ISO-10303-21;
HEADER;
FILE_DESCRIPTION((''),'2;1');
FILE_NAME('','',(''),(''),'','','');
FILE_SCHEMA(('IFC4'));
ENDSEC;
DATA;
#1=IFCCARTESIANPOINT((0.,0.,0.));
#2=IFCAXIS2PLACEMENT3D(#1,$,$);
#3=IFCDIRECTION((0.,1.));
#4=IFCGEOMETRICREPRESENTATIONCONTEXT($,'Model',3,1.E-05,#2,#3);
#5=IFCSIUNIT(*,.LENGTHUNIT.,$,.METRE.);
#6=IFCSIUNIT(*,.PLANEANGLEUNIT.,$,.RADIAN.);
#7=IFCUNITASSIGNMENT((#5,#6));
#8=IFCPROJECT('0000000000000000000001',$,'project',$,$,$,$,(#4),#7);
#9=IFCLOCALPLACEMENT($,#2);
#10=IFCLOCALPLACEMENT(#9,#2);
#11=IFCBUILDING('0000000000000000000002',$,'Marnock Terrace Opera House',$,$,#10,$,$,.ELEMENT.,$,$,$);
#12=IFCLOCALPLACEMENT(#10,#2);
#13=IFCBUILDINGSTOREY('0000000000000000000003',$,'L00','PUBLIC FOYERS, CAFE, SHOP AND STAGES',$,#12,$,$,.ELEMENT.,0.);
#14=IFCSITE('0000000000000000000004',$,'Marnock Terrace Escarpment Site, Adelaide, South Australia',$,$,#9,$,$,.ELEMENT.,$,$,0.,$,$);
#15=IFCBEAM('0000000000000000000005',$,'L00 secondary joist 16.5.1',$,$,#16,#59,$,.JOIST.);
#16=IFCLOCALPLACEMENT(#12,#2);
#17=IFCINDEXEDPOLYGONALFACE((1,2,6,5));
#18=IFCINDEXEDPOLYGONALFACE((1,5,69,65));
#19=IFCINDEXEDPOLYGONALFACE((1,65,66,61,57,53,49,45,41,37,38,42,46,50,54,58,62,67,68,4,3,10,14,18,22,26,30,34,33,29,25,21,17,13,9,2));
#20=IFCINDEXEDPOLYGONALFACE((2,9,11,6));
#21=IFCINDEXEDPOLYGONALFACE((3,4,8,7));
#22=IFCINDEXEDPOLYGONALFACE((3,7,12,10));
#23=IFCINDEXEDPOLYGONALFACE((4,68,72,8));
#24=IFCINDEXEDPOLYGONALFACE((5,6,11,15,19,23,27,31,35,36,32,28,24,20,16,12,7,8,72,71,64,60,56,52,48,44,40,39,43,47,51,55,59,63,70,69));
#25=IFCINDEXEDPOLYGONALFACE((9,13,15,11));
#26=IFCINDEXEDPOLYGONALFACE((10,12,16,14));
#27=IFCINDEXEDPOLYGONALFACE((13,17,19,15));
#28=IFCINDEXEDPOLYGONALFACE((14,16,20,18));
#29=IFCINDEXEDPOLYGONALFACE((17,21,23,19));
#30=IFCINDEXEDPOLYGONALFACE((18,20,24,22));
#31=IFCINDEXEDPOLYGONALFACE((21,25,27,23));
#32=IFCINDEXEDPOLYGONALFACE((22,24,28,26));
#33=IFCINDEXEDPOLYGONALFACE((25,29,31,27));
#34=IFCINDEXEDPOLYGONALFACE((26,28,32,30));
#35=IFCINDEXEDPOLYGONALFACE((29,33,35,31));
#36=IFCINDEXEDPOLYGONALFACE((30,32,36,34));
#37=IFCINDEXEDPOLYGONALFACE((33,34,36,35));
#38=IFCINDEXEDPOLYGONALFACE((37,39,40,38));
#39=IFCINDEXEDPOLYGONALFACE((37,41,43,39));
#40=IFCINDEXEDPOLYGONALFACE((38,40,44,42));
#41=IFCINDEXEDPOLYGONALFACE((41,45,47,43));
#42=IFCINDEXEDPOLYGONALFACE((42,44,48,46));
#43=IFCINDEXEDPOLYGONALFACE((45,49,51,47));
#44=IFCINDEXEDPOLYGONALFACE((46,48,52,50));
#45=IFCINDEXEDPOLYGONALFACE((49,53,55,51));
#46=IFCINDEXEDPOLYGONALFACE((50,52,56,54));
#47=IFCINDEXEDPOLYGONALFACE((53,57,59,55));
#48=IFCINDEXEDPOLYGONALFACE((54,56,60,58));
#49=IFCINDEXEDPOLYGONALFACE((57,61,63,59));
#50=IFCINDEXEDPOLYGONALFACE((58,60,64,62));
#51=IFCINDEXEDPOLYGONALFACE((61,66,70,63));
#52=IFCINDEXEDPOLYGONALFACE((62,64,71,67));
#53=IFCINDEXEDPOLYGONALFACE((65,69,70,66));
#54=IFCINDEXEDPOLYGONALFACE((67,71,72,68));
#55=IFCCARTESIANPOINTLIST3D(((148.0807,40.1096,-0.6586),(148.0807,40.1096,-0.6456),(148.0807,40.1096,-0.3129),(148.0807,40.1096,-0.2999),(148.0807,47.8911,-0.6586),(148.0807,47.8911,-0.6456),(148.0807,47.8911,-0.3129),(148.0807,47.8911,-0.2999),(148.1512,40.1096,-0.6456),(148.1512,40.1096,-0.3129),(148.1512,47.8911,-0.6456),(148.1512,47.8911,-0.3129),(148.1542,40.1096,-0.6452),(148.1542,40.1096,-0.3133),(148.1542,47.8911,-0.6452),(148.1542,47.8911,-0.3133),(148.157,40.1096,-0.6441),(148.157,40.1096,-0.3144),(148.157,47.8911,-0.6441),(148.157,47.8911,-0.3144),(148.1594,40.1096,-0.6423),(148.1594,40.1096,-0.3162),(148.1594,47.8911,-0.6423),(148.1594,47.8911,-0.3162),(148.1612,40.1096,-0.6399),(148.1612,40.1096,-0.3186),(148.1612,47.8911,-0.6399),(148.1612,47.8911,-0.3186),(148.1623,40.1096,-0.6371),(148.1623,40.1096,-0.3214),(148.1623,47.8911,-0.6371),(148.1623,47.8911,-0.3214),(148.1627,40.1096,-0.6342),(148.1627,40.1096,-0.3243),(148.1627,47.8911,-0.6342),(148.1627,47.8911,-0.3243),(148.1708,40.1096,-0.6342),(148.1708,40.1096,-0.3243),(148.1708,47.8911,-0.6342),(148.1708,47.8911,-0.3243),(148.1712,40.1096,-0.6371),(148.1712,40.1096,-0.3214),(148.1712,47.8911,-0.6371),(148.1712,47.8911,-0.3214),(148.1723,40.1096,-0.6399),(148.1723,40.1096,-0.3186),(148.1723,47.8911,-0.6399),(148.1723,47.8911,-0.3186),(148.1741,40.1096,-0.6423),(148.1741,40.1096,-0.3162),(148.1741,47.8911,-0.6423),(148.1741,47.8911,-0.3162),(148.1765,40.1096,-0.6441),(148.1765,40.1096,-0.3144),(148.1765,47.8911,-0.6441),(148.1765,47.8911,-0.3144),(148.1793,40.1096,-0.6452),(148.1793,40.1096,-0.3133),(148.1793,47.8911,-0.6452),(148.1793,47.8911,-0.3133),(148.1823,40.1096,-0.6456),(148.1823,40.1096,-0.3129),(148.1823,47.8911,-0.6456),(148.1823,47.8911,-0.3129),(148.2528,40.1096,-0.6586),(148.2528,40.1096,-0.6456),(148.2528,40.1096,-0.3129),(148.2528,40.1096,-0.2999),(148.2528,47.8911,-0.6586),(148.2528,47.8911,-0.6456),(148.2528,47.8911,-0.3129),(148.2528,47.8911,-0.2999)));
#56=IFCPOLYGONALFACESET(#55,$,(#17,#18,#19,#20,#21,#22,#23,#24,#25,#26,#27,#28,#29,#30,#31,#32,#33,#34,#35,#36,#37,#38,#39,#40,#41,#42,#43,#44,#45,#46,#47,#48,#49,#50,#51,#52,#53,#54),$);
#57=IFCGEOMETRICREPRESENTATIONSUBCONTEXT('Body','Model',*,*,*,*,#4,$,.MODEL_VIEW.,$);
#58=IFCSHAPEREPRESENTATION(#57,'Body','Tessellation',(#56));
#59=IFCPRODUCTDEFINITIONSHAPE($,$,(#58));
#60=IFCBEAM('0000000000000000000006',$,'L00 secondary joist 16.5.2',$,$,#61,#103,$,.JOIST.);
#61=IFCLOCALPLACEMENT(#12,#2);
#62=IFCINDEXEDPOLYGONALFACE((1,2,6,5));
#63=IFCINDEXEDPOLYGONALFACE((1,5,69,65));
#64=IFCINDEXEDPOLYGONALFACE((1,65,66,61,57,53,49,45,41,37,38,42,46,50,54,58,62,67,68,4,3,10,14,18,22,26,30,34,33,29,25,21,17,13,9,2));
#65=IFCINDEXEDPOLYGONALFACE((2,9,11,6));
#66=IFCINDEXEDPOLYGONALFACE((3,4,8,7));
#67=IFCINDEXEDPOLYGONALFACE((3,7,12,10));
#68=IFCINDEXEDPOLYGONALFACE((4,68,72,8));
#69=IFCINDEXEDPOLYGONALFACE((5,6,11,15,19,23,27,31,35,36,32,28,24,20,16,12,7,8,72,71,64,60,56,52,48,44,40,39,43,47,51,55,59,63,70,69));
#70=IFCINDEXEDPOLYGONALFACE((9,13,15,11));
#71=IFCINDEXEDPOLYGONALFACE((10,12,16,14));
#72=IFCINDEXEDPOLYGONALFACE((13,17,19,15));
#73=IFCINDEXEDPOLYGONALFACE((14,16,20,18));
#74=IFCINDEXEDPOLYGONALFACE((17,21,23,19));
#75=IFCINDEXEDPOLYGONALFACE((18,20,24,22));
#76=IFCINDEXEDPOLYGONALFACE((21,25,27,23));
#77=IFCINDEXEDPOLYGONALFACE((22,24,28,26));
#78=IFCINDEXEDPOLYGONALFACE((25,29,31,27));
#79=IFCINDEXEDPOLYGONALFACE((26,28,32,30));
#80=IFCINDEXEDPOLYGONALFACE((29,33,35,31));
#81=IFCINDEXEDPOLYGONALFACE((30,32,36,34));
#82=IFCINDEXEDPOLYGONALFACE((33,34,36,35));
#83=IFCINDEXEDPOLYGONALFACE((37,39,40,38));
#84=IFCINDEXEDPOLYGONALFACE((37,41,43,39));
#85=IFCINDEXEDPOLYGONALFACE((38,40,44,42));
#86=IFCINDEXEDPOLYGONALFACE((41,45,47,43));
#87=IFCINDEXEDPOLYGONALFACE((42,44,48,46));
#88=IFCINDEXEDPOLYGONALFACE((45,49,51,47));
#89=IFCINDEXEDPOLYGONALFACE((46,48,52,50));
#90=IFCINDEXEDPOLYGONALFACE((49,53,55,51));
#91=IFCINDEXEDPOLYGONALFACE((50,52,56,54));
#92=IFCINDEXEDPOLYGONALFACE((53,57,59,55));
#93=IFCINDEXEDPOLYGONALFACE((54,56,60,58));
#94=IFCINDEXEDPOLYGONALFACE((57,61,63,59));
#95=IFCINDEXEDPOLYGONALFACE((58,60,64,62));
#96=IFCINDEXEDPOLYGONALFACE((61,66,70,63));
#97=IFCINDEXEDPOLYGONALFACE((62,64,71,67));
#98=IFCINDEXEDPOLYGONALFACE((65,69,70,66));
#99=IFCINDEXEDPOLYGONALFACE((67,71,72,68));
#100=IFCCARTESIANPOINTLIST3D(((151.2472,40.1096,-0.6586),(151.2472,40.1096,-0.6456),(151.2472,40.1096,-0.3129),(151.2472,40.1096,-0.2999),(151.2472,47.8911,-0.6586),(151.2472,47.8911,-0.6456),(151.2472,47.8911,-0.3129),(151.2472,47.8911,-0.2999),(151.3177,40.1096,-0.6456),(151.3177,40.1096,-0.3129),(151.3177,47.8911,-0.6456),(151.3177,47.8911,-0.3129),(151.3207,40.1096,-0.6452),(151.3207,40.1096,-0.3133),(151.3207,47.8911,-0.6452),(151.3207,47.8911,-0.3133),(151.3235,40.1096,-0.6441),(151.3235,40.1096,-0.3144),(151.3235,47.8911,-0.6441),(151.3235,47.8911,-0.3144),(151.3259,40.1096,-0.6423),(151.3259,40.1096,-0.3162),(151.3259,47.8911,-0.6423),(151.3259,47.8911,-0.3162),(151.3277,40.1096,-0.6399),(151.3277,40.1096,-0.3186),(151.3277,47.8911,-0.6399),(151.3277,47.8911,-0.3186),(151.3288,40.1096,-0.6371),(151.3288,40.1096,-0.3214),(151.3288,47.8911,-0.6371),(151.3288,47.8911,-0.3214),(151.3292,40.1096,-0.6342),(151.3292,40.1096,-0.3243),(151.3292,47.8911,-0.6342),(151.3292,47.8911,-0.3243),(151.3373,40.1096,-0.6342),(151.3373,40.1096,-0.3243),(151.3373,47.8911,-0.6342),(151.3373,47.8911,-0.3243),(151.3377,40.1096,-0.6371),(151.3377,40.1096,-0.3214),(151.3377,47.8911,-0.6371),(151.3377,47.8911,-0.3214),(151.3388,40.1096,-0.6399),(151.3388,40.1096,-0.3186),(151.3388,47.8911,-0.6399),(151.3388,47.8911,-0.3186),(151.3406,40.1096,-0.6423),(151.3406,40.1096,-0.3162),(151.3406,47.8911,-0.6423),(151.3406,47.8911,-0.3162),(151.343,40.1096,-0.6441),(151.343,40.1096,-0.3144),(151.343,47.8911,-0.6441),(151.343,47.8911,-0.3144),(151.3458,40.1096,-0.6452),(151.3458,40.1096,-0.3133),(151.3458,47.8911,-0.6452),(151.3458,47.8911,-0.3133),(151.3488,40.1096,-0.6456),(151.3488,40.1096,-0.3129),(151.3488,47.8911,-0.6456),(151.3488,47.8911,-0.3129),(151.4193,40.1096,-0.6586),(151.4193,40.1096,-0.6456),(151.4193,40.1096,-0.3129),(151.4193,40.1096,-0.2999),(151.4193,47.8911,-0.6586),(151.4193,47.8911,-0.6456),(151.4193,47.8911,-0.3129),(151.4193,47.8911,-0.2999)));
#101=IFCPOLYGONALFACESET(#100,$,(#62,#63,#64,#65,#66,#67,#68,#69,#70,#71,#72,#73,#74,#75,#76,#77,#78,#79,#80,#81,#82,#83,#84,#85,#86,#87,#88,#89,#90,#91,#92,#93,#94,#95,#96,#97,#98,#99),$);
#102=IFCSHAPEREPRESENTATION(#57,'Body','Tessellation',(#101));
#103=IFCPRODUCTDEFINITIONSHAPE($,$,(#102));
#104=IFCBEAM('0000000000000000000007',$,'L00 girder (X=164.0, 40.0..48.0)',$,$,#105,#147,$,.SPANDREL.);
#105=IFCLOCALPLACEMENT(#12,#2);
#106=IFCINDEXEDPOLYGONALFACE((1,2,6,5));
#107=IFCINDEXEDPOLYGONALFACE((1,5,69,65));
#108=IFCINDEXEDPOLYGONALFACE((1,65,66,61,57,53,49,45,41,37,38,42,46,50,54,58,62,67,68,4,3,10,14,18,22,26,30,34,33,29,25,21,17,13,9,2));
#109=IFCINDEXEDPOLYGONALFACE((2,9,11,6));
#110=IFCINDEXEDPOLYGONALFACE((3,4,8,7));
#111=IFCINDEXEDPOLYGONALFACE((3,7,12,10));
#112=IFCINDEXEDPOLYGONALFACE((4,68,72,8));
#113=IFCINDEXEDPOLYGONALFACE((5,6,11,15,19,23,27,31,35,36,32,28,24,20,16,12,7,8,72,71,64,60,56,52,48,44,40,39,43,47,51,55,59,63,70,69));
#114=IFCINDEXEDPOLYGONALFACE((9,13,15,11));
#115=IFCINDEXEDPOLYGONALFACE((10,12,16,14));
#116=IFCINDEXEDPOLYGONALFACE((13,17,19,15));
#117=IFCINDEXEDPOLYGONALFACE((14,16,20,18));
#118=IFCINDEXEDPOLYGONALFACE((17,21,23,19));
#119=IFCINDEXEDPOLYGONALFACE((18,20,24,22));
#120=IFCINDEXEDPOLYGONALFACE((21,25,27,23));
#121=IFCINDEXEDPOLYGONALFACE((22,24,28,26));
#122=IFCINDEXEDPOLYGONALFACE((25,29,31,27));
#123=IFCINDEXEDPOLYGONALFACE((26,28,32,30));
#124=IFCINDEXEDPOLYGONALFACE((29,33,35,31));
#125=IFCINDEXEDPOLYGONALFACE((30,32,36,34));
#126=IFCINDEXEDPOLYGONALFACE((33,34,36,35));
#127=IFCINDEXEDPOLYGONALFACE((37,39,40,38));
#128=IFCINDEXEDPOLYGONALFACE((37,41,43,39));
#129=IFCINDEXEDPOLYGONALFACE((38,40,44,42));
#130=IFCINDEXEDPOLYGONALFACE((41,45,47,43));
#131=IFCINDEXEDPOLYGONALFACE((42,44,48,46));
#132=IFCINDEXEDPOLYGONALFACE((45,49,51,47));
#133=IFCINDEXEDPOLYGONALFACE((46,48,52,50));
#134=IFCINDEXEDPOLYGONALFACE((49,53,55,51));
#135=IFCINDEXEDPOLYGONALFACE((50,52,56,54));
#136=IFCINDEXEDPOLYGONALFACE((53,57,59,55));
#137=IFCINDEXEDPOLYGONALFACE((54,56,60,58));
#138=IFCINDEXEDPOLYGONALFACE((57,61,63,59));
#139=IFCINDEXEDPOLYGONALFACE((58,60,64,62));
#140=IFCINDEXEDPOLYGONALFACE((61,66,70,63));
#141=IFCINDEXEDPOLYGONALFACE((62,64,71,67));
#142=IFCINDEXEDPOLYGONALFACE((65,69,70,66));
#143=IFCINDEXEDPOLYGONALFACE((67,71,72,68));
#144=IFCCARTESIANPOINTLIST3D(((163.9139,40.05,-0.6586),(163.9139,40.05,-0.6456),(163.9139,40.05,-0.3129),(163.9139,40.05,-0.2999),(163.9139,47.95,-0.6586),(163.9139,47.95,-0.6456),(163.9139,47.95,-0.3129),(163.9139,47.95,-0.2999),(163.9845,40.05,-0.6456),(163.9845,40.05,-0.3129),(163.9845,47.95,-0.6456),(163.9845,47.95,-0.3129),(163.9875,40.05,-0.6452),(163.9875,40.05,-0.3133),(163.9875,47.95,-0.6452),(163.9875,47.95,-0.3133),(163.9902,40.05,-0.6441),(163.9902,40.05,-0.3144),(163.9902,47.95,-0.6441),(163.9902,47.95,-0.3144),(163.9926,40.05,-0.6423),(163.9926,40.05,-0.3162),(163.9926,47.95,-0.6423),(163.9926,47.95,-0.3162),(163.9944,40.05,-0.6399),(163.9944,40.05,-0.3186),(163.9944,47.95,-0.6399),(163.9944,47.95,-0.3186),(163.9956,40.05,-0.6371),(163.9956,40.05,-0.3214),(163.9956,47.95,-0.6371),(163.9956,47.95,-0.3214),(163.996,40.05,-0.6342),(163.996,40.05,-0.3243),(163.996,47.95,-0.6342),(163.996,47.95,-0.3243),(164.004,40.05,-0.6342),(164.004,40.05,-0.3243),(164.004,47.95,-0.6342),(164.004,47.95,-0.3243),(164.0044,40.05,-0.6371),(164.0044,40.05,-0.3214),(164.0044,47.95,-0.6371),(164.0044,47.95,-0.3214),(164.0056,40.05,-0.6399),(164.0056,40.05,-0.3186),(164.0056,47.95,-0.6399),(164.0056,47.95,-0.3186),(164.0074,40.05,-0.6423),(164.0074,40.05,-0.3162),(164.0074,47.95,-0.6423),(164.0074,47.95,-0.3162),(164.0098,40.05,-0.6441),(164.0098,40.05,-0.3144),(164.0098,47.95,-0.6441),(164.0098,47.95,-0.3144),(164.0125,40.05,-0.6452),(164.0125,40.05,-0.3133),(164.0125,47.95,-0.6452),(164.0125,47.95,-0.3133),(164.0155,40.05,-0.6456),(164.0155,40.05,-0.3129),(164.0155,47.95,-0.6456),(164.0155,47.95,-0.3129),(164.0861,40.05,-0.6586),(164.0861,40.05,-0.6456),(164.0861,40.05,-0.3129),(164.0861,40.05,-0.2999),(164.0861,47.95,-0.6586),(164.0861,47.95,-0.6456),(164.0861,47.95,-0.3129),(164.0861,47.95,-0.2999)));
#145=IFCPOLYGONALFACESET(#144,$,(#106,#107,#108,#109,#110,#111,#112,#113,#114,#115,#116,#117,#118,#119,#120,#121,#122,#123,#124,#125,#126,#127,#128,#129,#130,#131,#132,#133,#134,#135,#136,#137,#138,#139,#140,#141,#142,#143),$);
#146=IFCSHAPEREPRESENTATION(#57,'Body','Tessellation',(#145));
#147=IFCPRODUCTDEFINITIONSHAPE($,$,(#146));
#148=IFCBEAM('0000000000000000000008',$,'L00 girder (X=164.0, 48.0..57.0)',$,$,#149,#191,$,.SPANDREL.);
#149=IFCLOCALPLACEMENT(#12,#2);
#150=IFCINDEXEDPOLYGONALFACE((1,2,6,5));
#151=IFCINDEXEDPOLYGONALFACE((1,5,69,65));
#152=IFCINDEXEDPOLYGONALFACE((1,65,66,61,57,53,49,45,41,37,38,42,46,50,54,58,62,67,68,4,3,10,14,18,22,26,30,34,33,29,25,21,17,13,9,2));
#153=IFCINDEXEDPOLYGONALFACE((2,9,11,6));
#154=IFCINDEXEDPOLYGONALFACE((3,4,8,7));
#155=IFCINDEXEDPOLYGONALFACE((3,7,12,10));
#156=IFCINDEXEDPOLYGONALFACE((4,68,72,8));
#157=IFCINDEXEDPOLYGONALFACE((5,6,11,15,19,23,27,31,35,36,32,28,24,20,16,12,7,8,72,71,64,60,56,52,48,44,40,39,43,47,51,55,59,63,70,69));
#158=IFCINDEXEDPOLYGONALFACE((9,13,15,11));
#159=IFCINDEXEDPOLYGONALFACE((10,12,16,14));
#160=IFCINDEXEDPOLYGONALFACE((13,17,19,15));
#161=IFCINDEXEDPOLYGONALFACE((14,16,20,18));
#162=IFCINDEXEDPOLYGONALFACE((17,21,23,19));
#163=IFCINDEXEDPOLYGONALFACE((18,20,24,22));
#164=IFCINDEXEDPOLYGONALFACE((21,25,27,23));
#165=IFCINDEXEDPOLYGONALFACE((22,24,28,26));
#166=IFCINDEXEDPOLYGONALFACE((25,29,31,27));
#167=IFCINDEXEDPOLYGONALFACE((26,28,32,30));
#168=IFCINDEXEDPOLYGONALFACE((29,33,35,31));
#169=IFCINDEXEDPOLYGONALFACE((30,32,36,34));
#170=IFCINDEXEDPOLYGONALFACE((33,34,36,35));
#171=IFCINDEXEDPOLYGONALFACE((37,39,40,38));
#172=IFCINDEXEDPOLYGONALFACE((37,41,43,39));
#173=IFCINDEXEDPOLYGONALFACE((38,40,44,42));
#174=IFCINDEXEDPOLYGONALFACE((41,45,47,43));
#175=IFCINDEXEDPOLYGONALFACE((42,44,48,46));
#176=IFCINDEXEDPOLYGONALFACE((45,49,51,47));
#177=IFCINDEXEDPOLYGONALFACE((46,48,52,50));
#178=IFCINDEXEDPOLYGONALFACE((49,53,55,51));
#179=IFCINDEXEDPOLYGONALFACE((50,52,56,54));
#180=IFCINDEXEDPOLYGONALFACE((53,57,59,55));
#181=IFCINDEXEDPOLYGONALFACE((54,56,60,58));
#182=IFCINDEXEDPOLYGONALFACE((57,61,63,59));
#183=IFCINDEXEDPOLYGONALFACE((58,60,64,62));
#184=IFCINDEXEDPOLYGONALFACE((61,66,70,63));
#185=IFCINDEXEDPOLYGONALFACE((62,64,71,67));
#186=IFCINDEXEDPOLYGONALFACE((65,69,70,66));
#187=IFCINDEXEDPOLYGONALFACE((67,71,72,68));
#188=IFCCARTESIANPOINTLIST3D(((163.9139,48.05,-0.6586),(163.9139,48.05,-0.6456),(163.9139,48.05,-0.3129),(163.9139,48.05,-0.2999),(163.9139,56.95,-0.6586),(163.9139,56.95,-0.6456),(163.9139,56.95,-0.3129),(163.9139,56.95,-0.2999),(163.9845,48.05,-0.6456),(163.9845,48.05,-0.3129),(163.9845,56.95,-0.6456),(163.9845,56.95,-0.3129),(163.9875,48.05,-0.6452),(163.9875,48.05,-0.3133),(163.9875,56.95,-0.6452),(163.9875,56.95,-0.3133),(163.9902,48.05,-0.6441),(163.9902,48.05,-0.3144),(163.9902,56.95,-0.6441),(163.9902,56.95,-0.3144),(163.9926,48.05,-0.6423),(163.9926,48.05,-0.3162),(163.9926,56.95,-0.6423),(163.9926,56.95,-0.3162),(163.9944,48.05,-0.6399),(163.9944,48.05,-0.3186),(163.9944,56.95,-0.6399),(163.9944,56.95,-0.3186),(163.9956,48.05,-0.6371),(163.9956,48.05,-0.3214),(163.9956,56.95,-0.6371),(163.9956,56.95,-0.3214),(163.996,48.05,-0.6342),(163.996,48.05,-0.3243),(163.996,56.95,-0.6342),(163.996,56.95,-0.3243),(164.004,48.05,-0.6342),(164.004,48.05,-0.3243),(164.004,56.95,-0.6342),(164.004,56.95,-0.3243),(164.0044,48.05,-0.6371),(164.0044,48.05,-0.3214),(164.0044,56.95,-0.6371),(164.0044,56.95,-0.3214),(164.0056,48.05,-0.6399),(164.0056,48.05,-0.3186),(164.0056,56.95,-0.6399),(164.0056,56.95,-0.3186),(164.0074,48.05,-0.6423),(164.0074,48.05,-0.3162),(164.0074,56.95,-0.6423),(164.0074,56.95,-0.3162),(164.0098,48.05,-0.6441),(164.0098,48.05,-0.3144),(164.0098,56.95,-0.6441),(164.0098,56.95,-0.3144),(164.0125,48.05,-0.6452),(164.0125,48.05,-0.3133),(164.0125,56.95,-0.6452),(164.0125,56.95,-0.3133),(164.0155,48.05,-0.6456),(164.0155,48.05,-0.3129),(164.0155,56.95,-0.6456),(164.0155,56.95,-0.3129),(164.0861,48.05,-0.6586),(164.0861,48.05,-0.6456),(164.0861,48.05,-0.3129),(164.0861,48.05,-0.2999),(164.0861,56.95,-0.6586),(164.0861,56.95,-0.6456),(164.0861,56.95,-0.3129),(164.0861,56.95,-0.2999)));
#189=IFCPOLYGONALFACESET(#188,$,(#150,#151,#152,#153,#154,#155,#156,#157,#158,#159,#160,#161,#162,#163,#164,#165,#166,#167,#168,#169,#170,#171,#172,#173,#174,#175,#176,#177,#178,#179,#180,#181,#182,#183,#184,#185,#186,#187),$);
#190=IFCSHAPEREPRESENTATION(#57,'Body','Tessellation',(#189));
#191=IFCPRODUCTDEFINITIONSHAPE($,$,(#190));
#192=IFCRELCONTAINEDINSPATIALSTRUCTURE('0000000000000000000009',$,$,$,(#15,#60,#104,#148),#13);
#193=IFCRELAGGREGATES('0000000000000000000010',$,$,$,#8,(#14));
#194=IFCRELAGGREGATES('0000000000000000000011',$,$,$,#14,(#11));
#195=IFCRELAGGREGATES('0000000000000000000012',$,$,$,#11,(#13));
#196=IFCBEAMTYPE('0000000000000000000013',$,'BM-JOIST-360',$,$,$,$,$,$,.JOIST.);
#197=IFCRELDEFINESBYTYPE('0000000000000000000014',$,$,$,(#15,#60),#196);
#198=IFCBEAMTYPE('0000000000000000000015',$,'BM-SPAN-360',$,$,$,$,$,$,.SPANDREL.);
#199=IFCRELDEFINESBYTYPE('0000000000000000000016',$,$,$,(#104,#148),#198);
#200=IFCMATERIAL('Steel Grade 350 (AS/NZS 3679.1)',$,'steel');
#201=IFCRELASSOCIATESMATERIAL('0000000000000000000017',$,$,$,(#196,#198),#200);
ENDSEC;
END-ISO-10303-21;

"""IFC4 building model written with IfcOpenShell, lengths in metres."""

from ifc_helpers import new_model, si_unit, direction, frame, origin, origin_2d, place, context, subcontext, project, spatial, i_section, extrude, material, material_profile, profile_set, type_object, element, save


model = new_model("IFC4")

# Units and contexts
model_context = context("Model", 3, precision=1e-05, world=origin(), true_north=direction((0.0, 1.0)))
body_context = subcontext(model_context, "Body", "Model", "MODEL_VIEW")
ifc_project = project(units=[si_unit("LENGTHUNIT", "METRE"), si_unit("PLANEANGLEUNIT", "RADIAN")], contexts=[model_context])

# Site, building, storey
site_placement = place(None, origin())
site = spatial("IfcSite", under=ifc_project, at=site_placement, Name="Marnock Terrace Escarpment Site, Adelaide, South Australia", CompositionType="ELEMENT", RefElevation=0.0)
building_placement = place(site_placement, origin())
building = spatial("IfcBuilding", under=site, at=building_placement, Name="Marnock Terrace Opera House", CompositionType="ELEMENT")
storey_placement = place(building_placement, origin())
storey = spatial("IfcBuildingStorey", under=building, at=storey_placement, Name="L00", Description="PUBLIC FOYERS, CAFE, SHOP AND STAGES", CompositionType="ELEMENT", Elevation=0.0)

# Beams
ifc_material_1 = material(Name="Steel Grade 350 (AS/NZS 3679.1)", Category="steel")
ifc_material_profile_1 = material_profile(ifc_material_1, i_section(OverallWidth=0.1721, OverallDepth=0.3586, WebThickness=0.0081, FlangeThickness=0.0129, FilletRadius=0.0115, at=origin_2d()))
ifc_profile_set_1 = profile_set([ifc_material_profile_1], Name="Steel Grade 350 (AS/NZS 3679.1)")
beam_type_1 = type_object("IfcBeamType", Name="BM-JOIST-360", PredefinedType="JOIST", material=ifc_profile_set_1)
for number, where, z_axis, x_axis, name in (
    (1, (148.1667, 40.1096, -0.4792), (0.0, 1.0, 0.0), (-1.0, 0.0, 0.0), "L00 secondary joist 16.5.1"),
    (2, (151.3333, 40.1096, -0.4792), (0.0, 1.0, 0.0), (-1.0, 0.0, 0.0), "L00 secondary joist 16.5.2"),
):
    element("IfcBeam", number, at=place(storey_placement, frame(where, z_axis=z_axis, x_axis=x_axis)), inside=storey, type_object=beam_type_1, Name=name, PredefinedType="JOIST", context=body_context, shape_type="SweptSolid", body=[
        extrude(i_section(OverallWidth=0.1721, OverallDepth=0.3586, WebThickness=0.0081, FlangeThickness=0.0129, FilletRadius=0.0115, at=origin_2d()), origin(), (0.0, 0.0, 1.0), 7.7815),
    ])
ifc_material_profile_2 = material_profile(ifc_material_1, i_section(OverallWidth=0.1721, OverallDepth=0.3586, WebThickness=0.0081, FlangeThickness=0.0129, FilletRadius=0.0115, at=origin_2d()))
ifc_profile_set_2 = profile_set([ifc_material_profile_2], Name="Steel Grade 350 (AS/NZS 3679.1)")
beam_type_2 = type_object("IfcBeamType", Name="BM-SPAN-360", PredefinedType="SPANDREL", material=ifc_profile_set_2)
beam_1_placement = place(storey_placement, frame((164.0, 40.05, -0.4792), z_axis=(0.0, 1.0, 0.0), x_axis=(-1.0, 0.0, 0.0)))
element("IfcBeam", 3, at=beam_1_placement, inside=storey, type_object=beam_type_2, Name="L00 girder (X=164.0, 40.0..48.0)", PredefinedType="SPANDREL", context=body_context, shape_type="SweptSolid", body=[
    extrude(i_section(OverallWidth=0.1721, OverallDepth=0.3586, WebThickness=0.0081, FlangeThickness=0.0129, FilletRadius=0.0115, at=origin_2d()), origin(), (0.0, 0.0, 1.0), 7.8999),
])
beam_2_placement = place(storey_placement, frame((164.0, 48.05, -0.4792), z_axis=(0.0, 1.0, 0.0), x_axis=(-1.0, 0.0, 0.0)))
element("IfcBeam", 4, at=beam_2_placement, inside=storey, type_object=beam_type_2, Name="L00 girder (X=164.0, 48.0..57.0)", PredefinedType="SPANDREL", context=body_context, shape_type="SweptSolid", body=[
    extrude(i_section(OverallWidth=0.1721, OverallDepth=0.3586, WebThickness=0.0081, FlangeThickness=0.0129, FilletRadius=0.0115, at=origin_2d()), origin(), (0.0, 0.0, 1.0), 8.8999),
])

save(model, "model.ifc")
